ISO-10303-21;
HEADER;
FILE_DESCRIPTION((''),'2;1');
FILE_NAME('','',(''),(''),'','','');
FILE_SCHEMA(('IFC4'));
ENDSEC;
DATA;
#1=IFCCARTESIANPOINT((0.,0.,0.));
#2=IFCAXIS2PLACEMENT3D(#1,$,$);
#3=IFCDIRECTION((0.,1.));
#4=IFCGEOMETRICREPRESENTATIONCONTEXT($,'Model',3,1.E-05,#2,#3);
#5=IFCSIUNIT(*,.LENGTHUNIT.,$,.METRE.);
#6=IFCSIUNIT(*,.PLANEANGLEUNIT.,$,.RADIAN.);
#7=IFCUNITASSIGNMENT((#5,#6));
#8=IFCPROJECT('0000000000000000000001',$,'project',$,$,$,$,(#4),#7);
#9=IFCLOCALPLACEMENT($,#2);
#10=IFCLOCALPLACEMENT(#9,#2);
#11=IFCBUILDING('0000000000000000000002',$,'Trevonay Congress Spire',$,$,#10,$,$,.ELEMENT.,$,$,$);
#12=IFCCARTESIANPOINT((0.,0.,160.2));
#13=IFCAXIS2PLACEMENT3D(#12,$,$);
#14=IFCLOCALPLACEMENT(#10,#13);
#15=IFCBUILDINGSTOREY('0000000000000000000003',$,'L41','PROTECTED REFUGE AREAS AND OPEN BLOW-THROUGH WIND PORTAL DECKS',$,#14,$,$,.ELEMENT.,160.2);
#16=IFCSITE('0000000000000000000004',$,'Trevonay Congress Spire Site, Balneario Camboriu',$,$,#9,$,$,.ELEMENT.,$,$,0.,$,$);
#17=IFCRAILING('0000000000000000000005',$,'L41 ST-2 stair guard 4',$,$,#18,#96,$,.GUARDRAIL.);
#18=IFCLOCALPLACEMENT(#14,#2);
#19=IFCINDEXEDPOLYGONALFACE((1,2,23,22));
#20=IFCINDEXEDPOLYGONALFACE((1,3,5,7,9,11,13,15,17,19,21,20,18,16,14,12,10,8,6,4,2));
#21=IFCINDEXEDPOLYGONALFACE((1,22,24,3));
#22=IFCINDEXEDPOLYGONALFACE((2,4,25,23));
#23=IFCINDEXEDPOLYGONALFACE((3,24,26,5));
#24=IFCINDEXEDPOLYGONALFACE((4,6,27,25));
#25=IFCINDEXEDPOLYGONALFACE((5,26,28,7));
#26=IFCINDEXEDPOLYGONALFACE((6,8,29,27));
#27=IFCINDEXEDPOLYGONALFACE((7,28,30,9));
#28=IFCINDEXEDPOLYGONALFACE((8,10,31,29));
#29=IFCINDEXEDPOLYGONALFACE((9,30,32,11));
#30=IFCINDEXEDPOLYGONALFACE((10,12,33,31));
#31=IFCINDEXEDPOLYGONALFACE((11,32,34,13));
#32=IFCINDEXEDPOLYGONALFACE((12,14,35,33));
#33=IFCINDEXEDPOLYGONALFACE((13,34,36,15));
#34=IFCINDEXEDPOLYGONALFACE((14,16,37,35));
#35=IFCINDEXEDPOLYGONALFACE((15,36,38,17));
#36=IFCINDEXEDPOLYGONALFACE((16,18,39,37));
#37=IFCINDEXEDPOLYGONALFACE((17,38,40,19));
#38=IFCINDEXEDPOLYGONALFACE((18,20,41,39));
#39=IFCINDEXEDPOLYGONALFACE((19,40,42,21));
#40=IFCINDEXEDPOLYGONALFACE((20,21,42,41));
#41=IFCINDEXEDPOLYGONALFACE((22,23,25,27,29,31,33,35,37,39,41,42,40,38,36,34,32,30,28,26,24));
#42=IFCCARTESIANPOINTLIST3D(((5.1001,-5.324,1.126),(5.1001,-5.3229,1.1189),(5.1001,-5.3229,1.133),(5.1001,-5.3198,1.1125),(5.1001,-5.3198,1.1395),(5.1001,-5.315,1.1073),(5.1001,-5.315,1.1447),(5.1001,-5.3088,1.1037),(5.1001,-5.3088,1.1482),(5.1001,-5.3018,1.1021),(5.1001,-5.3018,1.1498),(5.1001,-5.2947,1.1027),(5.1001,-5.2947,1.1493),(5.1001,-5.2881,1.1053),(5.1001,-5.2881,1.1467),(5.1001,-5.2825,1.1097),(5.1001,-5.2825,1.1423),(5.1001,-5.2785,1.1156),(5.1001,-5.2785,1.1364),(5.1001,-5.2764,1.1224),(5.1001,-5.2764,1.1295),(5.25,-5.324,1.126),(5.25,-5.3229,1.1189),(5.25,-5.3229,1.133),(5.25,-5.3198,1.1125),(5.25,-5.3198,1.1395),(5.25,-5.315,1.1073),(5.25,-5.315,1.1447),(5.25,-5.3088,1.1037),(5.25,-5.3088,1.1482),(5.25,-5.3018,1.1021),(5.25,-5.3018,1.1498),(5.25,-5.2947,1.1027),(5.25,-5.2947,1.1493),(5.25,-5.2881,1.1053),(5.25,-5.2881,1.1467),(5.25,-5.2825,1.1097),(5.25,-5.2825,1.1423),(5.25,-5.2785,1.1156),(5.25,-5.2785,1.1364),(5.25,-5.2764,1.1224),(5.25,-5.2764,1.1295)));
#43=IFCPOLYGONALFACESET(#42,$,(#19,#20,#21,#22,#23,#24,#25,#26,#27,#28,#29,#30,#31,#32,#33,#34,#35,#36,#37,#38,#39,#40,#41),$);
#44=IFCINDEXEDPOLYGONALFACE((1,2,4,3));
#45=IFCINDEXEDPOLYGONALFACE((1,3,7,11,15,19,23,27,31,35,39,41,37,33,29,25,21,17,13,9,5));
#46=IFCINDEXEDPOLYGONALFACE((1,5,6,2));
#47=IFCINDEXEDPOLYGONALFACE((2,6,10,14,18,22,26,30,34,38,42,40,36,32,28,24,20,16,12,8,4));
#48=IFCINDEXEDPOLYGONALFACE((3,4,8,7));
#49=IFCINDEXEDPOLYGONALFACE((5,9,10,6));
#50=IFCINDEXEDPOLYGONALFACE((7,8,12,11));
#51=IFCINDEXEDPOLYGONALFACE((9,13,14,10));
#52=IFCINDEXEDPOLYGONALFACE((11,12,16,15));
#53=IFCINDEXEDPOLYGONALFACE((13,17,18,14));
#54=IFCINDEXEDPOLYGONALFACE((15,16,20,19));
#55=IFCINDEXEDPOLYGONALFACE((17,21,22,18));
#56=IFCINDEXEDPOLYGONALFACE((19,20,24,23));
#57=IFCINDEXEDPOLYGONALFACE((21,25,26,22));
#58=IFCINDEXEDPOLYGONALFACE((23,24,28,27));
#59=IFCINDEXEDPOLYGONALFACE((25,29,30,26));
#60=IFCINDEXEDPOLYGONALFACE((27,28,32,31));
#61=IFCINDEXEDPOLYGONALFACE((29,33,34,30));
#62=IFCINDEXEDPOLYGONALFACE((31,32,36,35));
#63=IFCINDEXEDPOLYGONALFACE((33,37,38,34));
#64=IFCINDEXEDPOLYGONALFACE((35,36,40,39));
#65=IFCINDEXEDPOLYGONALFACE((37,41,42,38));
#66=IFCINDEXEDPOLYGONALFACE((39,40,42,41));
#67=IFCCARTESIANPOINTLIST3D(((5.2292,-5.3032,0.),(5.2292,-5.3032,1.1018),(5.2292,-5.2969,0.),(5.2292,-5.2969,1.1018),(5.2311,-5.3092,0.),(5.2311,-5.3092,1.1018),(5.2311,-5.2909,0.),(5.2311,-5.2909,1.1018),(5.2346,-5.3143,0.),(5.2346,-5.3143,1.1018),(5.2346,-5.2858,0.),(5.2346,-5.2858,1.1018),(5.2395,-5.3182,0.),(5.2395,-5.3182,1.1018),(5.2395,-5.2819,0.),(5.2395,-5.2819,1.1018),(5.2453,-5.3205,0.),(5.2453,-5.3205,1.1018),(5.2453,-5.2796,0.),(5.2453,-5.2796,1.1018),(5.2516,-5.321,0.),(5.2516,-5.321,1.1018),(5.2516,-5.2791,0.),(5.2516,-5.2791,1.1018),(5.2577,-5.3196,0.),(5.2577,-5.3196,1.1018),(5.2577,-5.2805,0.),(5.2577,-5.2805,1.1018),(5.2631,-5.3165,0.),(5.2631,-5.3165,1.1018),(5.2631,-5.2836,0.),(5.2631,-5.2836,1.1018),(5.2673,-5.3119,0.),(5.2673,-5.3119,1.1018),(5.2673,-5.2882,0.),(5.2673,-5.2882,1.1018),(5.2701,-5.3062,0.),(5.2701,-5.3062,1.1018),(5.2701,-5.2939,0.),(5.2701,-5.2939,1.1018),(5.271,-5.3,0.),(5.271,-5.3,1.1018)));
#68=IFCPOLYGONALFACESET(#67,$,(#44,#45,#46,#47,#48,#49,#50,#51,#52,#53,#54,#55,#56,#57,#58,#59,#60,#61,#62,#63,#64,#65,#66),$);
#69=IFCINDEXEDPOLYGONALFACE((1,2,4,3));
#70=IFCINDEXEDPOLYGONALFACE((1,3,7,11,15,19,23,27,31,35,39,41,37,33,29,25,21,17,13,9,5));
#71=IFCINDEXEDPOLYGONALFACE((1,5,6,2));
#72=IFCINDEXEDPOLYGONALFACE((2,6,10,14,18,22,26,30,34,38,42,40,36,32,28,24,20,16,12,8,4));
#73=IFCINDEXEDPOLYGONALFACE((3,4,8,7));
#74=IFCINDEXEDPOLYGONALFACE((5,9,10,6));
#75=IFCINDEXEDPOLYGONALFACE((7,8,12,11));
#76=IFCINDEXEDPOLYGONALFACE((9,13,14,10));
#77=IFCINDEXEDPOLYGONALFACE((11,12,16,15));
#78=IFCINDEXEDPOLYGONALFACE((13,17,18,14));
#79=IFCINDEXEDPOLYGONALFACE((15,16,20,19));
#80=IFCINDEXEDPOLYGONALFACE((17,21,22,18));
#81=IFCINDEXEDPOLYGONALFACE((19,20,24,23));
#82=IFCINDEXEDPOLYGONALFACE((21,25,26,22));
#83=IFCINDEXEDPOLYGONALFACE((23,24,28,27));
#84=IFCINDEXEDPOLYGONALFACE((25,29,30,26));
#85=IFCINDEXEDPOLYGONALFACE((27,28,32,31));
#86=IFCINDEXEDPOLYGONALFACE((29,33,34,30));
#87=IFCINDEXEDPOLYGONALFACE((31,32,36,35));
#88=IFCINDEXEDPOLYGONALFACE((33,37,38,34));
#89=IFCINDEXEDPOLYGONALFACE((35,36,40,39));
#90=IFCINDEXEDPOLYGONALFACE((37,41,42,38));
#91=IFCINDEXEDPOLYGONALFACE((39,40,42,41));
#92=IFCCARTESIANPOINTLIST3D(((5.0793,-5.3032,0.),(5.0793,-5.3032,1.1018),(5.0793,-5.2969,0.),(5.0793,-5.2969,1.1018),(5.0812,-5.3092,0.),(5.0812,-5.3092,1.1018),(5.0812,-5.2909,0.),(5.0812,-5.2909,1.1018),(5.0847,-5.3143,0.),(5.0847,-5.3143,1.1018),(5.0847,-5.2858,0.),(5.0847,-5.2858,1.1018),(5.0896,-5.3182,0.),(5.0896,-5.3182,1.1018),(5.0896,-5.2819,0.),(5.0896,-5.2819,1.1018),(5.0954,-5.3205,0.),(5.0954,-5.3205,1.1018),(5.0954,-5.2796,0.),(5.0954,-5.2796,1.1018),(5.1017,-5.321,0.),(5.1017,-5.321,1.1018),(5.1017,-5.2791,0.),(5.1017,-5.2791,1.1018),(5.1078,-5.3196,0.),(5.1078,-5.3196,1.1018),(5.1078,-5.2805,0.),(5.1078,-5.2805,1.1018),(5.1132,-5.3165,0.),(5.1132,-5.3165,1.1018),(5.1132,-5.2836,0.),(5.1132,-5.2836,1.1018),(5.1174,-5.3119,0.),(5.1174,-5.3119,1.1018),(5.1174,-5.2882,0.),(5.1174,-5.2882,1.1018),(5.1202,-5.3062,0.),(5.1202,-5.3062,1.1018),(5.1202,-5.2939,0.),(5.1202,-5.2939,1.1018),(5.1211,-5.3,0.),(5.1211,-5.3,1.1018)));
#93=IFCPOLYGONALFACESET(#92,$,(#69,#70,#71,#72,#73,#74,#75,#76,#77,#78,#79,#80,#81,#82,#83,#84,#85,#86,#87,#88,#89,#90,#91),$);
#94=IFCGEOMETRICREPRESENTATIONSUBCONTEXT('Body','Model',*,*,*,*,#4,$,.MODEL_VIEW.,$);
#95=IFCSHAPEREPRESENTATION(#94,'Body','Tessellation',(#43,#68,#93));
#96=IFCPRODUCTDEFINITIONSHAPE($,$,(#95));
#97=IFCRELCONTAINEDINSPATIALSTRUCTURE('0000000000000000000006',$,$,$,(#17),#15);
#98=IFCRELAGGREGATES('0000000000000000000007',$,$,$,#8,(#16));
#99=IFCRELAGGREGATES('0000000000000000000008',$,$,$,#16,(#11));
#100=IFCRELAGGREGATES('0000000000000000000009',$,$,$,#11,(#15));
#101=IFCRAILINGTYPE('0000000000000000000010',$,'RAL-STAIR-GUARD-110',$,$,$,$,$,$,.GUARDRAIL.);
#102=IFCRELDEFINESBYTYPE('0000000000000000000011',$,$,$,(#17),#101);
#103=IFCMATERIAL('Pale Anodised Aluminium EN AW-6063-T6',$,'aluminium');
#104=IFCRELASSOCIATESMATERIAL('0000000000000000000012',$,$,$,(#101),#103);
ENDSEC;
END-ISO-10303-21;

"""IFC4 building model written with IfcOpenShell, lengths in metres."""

from ifc_helpers import new_model, si_unit, direction, frame, origin, origin_2d, place, context, subcontext, project, spatial, circle, extrude, material, type_object, element, save


model = new_model("IFC4")

# Units and contexts
model_context = context("Model", 3, precision=1e-05, world=origin(), true_north=direction((0.0, 1.0)))
body_context = subcontext(model_context, "Body", "Model", "MODEL_VIEW")
ifc_project = project(units=[si_unit("LENGTHUNIT", "METRE"), si_unit("PLANEANGLEUNIT", "RADIAN")], contexts=[model_context])

# Site, building, storey
site_placement = place(None, origin())
site = spatial("IfcSite", under=ifc_project, at=site_placement, Name="Trevonay Congress Spire Site, Balneario Camboriu", CompositionType="ELEMENT", RefElevation=0.0)
building_placement = place(site_placement, origin())
building = spatial("IfcBuilding", under=site, at=building_placement, Name="Trevonay Congress Spire", CompositionType="ELEMENT")
storey_placement = place(building_placement, frame((0.0, 0.0, 160.2)))
storey = spatial("IfcBuildingStorey", under=building, at=storey_placement, Name="L41", Description="PROTECTED REFUGE AREAS AND OPEN BLOW-THROUGH WIND PORTAL DECKS", CompositionType="ELEMENT", Elevation=160.2)

# Shared definitions
ifc_material_1 = material(Name="Pale Anodised Aluminium EN AW-6063-T6", Category="aluminium")

# Railing
railing_type_1 = type_object("IfcRailingType", Name="RAL-STAIR-GUARD-110", PredefinedType="GUARDRAIL", material=ifc_material_1)
railing_1_placement = place(storey_placement, frame((5.25, -5.3, 0.0)))
element("IfcRailing", 1, at=railing_1_placement, inside=storey, type_object=railing_type_1, Name="L41 ST-2 stair guard 4", PredefinedType="GUARDRAIL", context=body_context, shape_type="SweptSolid", body=[
    extrude(circle(Radius=0.0239, at=origin_2d()), frame((0.0, 0.0, 1.126), z_axis=(-1.0, 0.0, 0.0), x_axis=(0.0, -1.0, 0.0)), (0.0, 0.0, 1.0), 0.1499),
    extrude(circle(Radius=0.021, at=origin_2d()), origin(), (0.0, 0.0, 1.0), 1.1018),
    extrude(circle(Radius=0.021, at=origin_2d()), frame((-0.1499, 0.0, 0.0)), (0.0, 0.0, 1.0), 1.1018),
])

save(model, "model.ifc")
